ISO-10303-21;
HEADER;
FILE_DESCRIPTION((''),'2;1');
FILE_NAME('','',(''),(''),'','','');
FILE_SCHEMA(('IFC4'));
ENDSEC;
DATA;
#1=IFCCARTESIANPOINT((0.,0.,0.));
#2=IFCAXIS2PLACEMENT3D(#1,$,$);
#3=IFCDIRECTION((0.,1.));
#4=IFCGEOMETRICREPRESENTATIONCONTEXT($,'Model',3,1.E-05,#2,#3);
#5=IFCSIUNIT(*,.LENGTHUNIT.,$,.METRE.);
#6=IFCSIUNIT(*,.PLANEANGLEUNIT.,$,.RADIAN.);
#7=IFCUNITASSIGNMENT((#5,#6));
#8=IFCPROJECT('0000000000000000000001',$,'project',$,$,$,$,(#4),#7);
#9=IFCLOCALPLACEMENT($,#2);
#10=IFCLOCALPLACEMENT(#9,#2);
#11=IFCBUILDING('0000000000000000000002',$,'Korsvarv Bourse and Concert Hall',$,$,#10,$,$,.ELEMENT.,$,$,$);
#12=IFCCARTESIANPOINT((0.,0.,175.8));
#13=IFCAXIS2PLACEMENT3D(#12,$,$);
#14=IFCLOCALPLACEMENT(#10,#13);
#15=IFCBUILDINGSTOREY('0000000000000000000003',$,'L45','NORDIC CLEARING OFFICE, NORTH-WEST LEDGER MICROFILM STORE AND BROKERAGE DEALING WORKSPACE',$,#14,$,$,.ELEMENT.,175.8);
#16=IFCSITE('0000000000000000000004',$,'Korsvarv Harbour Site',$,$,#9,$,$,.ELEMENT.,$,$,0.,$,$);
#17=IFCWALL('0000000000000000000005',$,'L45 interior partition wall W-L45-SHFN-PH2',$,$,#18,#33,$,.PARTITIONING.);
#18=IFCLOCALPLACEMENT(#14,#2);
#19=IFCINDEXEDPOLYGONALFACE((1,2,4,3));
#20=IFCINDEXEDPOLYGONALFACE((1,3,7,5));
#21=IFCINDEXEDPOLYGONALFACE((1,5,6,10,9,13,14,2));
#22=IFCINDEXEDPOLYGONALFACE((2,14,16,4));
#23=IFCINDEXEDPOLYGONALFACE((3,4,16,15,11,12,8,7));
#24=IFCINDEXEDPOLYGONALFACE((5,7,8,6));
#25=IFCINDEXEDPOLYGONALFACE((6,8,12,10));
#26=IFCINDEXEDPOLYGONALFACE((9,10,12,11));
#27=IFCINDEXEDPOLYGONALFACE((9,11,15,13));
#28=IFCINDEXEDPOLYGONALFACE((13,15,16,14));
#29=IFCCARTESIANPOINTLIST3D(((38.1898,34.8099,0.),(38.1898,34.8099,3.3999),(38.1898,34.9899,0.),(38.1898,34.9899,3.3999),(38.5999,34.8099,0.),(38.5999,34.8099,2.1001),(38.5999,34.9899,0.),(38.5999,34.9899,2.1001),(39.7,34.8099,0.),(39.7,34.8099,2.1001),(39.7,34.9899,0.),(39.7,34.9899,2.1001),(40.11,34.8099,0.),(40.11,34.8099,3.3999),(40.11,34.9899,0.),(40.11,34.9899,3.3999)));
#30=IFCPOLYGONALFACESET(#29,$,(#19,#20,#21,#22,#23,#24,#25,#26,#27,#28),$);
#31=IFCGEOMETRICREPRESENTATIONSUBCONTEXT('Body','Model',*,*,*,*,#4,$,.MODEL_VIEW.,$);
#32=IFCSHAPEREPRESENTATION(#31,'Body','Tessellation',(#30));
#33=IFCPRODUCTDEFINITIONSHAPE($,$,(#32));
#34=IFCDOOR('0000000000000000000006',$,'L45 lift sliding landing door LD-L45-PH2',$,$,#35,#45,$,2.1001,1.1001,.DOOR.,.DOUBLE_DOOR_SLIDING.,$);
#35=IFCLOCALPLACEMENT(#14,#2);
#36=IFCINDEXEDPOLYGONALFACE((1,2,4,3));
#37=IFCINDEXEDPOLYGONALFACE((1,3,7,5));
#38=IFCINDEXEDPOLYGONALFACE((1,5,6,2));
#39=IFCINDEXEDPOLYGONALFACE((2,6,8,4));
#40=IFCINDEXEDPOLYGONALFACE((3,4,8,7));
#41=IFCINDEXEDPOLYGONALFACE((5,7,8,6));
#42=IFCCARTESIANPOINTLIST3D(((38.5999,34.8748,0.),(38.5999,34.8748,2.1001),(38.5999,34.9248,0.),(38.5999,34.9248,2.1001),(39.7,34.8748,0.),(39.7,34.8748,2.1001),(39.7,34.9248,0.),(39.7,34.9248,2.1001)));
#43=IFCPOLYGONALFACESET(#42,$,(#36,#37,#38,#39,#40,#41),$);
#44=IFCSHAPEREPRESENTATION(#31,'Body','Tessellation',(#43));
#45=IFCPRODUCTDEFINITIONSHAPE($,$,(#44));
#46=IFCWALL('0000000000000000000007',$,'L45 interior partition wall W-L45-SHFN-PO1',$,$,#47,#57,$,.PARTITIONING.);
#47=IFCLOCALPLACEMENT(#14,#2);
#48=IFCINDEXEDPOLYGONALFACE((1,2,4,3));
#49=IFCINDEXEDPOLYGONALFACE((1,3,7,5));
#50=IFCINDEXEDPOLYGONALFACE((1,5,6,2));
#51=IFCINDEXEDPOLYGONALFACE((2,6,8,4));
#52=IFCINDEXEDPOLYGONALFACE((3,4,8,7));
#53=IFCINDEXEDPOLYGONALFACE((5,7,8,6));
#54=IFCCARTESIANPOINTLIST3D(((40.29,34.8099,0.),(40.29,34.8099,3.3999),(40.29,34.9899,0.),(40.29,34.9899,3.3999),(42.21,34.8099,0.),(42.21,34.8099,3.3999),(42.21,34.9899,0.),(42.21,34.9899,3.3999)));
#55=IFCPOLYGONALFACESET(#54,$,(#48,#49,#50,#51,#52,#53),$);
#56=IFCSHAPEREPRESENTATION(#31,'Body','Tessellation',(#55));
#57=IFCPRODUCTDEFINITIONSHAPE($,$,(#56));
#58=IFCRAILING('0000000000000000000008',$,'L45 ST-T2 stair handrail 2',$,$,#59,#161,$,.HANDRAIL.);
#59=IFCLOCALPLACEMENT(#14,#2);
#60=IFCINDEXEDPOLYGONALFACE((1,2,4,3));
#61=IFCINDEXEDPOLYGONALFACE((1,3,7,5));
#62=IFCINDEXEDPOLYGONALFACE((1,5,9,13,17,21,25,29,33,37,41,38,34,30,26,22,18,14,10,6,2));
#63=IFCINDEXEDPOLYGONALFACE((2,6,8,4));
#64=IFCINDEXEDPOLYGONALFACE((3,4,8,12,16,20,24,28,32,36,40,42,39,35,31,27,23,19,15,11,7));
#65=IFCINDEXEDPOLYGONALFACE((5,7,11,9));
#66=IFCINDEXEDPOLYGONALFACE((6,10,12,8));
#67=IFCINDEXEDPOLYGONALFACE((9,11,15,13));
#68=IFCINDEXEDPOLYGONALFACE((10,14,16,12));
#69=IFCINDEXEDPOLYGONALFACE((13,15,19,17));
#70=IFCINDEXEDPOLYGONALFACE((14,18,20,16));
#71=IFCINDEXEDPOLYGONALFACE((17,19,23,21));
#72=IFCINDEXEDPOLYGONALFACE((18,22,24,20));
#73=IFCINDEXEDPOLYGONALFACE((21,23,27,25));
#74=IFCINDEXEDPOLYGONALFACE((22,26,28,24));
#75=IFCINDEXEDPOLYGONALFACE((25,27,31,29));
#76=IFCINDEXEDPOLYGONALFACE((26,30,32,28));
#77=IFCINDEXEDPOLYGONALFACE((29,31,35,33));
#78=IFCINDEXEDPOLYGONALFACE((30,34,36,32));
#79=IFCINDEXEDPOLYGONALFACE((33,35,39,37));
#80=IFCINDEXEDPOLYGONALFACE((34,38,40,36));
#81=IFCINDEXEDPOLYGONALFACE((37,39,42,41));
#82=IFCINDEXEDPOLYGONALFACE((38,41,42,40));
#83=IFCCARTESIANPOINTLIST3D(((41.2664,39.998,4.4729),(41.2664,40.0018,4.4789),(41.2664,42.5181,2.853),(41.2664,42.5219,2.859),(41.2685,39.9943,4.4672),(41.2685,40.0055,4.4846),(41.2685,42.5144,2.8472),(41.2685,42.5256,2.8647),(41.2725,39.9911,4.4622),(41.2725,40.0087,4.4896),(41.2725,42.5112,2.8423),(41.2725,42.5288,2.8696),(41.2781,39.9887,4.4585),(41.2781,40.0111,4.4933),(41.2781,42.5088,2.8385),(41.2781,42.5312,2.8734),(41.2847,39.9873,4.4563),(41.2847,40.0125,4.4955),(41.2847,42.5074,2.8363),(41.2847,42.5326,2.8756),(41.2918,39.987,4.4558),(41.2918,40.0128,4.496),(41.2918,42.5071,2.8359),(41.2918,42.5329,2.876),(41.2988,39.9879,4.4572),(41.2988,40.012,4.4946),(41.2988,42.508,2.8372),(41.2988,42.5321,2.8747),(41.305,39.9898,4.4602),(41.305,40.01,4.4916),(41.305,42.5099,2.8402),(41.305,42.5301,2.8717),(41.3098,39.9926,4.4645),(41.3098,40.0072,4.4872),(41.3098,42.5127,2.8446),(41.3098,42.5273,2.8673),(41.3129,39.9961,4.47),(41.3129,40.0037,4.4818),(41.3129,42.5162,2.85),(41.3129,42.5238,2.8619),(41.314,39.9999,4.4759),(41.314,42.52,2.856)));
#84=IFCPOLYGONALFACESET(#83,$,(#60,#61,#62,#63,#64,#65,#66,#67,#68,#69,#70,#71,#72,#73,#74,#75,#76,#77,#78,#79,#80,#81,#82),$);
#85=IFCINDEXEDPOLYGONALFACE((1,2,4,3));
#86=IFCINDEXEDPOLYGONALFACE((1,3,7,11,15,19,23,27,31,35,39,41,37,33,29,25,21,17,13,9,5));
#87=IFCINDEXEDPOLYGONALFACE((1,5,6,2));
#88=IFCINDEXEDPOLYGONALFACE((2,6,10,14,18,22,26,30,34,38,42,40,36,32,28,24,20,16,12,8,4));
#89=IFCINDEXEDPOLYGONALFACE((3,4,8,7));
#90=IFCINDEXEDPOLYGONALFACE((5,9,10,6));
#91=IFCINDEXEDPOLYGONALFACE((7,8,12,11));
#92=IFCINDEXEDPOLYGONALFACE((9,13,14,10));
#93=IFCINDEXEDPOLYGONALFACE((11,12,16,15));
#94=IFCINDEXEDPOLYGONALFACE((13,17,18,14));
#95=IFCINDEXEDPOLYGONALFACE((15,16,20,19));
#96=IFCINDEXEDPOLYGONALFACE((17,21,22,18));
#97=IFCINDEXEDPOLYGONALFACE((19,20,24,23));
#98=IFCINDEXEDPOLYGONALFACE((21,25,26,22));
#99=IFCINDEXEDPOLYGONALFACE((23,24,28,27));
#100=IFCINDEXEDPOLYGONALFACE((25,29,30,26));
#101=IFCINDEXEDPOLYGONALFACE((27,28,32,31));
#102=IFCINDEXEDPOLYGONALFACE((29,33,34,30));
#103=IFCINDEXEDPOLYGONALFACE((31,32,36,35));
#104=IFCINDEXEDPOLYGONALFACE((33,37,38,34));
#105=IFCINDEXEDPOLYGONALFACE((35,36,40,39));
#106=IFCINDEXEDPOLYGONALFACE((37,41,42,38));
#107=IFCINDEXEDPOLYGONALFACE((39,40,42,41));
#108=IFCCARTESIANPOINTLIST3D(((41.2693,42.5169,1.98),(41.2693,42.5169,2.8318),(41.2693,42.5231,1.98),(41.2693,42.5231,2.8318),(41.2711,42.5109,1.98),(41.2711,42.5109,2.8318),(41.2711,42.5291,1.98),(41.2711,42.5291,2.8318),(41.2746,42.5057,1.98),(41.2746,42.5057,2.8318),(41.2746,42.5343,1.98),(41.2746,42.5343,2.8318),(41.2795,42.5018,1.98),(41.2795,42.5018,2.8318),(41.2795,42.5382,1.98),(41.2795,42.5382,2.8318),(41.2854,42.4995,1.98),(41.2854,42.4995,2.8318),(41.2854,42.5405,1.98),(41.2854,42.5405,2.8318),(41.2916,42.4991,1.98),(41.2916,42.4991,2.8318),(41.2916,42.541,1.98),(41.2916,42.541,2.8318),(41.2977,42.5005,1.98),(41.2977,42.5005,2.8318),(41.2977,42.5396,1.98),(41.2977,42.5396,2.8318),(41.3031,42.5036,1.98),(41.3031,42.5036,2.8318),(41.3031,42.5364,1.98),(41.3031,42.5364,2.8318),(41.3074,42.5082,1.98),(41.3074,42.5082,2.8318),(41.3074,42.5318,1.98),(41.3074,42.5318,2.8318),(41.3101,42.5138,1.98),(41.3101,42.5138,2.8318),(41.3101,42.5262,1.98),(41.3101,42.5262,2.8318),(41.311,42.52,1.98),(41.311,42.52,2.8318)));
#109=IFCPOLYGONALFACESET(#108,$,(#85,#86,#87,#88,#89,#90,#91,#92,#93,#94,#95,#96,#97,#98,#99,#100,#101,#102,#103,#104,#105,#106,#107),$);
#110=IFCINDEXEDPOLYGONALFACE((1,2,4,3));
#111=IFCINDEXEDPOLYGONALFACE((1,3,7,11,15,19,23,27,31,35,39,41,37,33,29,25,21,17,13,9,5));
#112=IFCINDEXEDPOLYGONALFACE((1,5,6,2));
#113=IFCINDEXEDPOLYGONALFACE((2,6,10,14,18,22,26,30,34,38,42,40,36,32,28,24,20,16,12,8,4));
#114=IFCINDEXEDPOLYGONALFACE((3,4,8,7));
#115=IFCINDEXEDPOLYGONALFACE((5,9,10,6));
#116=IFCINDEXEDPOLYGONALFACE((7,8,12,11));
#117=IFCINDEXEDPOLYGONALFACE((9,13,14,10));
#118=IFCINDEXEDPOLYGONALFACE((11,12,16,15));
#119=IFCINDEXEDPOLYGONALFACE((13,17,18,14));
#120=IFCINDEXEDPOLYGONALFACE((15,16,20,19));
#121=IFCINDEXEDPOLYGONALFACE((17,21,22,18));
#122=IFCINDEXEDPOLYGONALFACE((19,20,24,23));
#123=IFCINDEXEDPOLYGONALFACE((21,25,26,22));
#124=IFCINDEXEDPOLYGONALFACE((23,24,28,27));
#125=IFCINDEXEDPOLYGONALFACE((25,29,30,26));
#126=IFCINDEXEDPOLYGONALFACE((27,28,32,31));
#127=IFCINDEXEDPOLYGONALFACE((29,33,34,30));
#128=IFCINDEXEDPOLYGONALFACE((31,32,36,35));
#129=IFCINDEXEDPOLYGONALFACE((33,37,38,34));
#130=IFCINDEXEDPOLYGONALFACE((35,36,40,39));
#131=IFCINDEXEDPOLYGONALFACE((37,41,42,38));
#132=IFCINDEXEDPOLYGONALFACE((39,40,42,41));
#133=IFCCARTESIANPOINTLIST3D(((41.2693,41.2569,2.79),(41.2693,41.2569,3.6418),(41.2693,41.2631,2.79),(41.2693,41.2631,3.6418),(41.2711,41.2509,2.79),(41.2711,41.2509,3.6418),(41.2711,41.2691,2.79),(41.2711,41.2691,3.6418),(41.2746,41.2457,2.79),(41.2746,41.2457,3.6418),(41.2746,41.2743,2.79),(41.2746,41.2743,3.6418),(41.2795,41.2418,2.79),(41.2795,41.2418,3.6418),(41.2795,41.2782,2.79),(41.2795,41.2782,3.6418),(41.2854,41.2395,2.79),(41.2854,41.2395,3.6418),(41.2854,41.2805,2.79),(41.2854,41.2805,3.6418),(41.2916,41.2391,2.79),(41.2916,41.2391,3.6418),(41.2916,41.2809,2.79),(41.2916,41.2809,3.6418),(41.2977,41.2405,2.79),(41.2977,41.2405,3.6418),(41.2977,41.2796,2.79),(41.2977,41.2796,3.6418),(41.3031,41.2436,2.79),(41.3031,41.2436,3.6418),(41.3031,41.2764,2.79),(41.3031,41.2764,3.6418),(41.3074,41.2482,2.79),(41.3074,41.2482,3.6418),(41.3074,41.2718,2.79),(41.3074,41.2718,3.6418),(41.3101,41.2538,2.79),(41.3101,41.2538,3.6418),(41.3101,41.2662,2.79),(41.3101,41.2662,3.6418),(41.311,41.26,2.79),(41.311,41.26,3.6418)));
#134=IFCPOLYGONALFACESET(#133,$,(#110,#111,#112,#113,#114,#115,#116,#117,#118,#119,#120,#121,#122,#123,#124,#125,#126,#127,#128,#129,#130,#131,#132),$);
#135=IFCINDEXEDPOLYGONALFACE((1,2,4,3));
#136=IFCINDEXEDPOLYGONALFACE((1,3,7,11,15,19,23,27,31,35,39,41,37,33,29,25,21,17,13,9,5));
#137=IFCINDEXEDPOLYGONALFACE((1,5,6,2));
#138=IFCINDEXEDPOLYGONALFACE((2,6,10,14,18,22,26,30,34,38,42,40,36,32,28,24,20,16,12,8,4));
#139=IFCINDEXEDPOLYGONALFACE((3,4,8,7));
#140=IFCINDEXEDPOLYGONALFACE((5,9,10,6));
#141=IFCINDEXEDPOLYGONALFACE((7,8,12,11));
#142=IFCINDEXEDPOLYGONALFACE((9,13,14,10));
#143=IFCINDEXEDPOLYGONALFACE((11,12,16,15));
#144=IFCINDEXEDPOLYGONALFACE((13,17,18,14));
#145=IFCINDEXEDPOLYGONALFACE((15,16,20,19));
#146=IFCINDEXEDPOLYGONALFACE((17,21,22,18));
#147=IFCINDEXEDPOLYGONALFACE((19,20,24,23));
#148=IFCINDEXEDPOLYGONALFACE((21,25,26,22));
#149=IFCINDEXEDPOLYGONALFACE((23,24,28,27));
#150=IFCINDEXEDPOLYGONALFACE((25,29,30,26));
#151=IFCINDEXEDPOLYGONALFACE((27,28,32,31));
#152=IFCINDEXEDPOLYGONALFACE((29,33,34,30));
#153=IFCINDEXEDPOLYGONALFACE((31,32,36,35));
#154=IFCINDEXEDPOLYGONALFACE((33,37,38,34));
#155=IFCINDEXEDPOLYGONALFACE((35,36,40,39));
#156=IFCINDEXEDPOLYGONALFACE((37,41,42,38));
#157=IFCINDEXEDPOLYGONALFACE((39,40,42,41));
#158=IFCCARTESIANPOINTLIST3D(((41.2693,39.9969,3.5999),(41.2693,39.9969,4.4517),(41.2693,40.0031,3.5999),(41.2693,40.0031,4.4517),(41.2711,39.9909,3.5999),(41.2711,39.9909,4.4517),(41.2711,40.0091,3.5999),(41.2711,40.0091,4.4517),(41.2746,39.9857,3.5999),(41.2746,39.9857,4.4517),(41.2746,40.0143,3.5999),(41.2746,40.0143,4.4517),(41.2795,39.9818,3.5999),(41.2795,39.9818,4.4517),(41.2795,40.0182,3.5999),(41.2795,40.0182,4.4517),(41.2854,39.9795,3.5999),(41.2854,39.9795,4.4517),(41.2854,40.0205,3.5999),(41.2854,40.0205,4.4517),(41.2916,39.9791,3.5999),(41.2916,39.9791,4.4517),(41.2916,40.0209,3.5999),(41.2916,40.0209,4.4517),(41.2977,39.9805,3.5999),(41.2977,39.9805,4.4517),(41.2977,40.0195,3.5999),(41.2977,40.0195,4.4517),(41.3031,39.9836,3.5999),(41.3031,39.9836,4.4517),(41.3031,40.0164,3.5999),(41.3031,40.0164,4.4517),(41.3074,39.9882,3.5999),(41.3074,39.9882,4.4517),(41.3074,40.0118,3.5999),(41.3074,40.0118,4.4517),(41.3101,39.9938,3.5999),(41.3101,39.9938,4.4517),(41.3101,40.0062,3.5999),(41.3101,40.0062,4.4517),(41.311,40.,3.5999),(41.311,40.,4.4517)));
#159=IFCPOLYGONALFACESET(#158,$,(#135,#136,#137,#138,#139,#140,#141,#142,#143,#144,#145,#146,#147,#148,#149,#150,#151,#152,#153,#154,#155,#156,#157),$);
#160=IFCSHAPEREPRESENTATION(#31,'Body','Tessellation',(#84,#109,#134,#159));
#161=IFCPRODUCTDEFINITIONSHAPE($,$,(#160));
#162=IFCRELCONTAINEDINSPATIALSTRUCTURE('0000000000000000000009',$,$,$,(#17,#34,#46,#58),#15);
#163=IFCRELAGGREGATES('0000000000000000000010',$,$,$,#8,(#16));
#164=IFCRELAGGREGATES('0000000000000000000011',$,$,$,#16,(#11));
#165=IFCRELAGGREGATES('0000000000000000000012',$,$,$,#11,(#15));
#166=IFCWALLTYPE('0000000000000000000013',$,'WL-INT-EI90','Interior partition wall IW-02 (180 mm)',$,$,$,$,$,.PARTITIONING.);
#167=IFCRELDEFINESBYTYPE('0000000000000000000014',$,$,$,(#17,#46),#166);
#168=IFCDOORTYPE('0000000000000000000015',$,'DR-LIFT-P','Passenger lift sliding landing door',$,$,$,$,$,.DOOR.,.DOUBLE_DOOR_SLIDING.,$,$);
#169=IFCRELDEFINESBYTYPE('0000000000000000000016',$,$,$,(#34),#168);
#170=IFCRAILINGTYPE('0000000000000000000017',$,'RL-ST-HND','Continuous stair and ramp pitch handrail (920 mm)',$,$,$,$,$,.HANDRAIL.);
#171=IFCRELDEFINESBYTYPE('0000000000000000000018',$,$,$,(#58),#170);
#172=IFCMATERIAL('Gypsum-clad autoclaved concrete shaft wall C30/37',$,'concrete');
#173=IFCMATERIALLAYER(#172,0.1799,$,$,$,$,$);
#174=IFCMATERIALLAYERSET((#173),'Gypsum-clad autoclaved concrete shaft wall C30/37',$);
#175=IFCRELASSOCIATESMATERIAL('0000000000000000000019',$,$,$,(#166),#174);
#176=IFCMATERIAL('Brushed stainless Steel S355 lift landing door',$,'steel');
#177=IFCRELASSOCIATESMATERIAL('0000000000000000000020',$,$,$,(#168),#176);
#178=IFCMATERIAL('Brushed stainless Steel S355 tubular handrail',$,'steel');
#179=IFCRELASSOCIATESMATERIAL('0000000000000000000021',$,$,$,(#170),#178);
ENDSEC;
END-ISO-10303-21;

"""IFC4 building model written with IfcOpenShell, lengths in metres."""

from ifc_helpers import new_model, si_unit, direction, frame, frame_2d, origin, origin_2d, place, context, subcontext, project, spatial, rectangle, circle, extrude, material, layer, layer_set, type_object, element, fill, save


model = new_model("IFC4")

# Units and contexts
model_context = context("Model", 3, precision=1e-05, world=origin(), true_north=direction((0.0, 1.0)))
body_context = subcontext(model_context, "Body", "Model", "MODEL_VIEW")
ifc_project = project(units=[si_unit("LENGTHUNIT", "METRE"), si_unit("PLANEANGLEUNIT", "RADIAN")], contexts=[model_context])

# Site, building, storey
site_placement = place(None, origin())
site = spatial("IfcSite", under=ifc_project, at=site_placement, Name="Korsvarv Harbour Site", CompositionType="ELEMENT", RefElevation=0.0)
building_placement = place(site_placement, origin())
building = spatial("IfcBuilding", under=site, at=building_placement, Name="Korsvarv Bourse and Concert Hall", CompositionType="ELEMENT")
storey_placement = place(building_placement, frame((0.0, 0.0, 175.8)))
storey = spatial("IfcBuildingStorey", under=building, at=storey_placement, Name="L45", Description="NORDIC CLEARING OFFICE, NORTH-WEST LEDGER MICROFILM STORE AND BROKERAGE DEALING WORKSPACE", CompositionType="ELEMENT", Elevation=175.8)

# Wall, opening, door
ifc_material_1 = material(Name="Gypsum-clad autoclaved concrete shaft wall C30/37", Category="concrete")
ifc_layer_1 = layer(ifc_material_1, 0.1799)
ifc_layer_set_1 = layer_set([ifc_layer_1], Name="Gypsum-clad autoclaved concrete shaft wall C30/37")
wall_type_1 = type_object("IfcWallType", Name="WL-INT-EI90", Description="Interior partition wall IW-02 (180 mm)", PredefinedType="PARTITIONING", material=ifc_layer_set_1)
ifc_material_2 = material(Name="Brushed stainless Steel S355 lift landing door", Category="steel")
door_type_1 = type_object("IfcDoorType", Name="DR-LIFT-P", Description="Passenger lift sliding landing door", OperationType="DOUBLE_DOOR_SLIDING", PredefinedType="DOOR", material=ifc_material_2)
wall_1_placement = place(storey_placement, frame((38.1899, 34.8999, 0.0), z_axis=(0.0, 0.0, 1.0), x_axis=(1.0, 0.0, 0.0)))
wall_1 = element("IfcWall", 1, at=wall_1_placement, inside=storey, type_object=wall_type_1, Name="L45 interior partition wall W-L45-SHFN-PH2", PredefinedType="PARTITIONING", context=body_context, shape_type="SweptSolid", body=[
    extrude(rectangle(XDim=1.9202, YDim=0.1799, at=frame_2d((0.96, 0.0))), origin(), (0.0, 0.0, 1.0), 3.3999),
])
opening_1_placement = place(wall_1_placement, frame((0.4099, 0.0, 0.0)))
opening_1 = element("IfcOpeningElement", 2, at=opening_1_placement, cuts=wall_1, PredefinedType="OPENING", context=body_context, shape_type="SweptSolid", body=[
    extrude(rectangle(XDim=1.1001, YDim=2.1001, at=frame_2d((0.55, 1.05))), frame((0.0, 0.1001, 0.0), z_axis=(0.0, -1.0, 0.0), x_axis=(1.0, 0.0, 0.0)), (0.0, 0.0, 1.0), 0.2),
])
door_1_placement = place(opening_1_placement, origin())
door_1 = element("IfcDoor", 3, at=door_1_placement, inside=storey, type_object=door_type_1, Name="L45 lift sliding landing door LD-L45-PH2", OperationType="DOUBLE_DOOR_SLIDING", OverallHeight=2.1001, OverallWidth=1.1001, PredefinedType="DOOR", context=body_context, shape_type="SweptSolid", body=[
    extrude(rectangle(XDim=1.1001, YDim=2.1001, at=frame_2d((0.55, 1.05))), frame((0.0, 0.0249, 0.0), z_axis=(0.0, -1.0, 0.0), x_axis=(1.0, 0.0, 0.0)), (0.0, 0.0, 1.0), 0.05),
])
fill(opening_1, door_1)

# Wall
wall_2_placement = place(storey_placement, frame((40.29, 34.8999, 0.0), z_axis=(0.0, 0.0, 1.0), x_axis=(1.0, 0.0, 0.0)))
element("IfcWall", 4, at=wall_2_placement, inside=storey, type_object=wall_type_1, Name="L45 interior partition wall W-L45-SHFN-PO1", PredefinedType="PARTITIONING", context=body_context, shape_type="SweptSolid", body=[
    extrude(rectangle(XDim=1.9199, YDim=0.1799, at=frame_2d((0.96, 0.0))), origin(), (0.0, 0.0, 1.0), 3.3999),
])

# Railing
ifc_material_3 = material(Name="Brushed stainless Steel S355 tubular handrail", Category="steel")
railing_type = type_object("IfcRailingType", Name="RL-ST-HND", Description="Continuous stair and ramp pitch handrail (920 mm)", PredefinedType="HANDRAIL", material=ifc_material_3)
railing_placement = place(storey_placement, frame((41.29, 42.52, 1.98)))
element("IfcRailing", 5, at=railing_placement, inside=storey, type_object=railing_type, Name="L45 ST-T2 stair handrail 2", PredefinedType="HANDRAIL", context=body_context, shape_type="SweptSolid", body=[
    extrude(circle(Radius=0.0239, at=origin_2d()), frame((0.0, 0.0, 0.876), z_axis=(0.0, -0.8412, 0.540725), x_axis=(1.0, 0.0, 0.0)), (0.0, 0.0, 1.0), 2.9958),
    extrude(circle(Radius=0.021, at=origin_2d()), origin(), (0.0, 0.0, 1.0), 0.8518),
    extrude(circle(Radius=0.021, at=origin_2d()), frame((0.0, -1.26, 0.8101)), (0.0, 0.0, 1.0), 0.8518),
    extrude(circle(Radius=0.021, at=origin_2d()), frame((0.0, -2.52, 1.6199)), (0.0, 0.0, 1.0), 0.8518),
])

save(model, "model.ifc")
